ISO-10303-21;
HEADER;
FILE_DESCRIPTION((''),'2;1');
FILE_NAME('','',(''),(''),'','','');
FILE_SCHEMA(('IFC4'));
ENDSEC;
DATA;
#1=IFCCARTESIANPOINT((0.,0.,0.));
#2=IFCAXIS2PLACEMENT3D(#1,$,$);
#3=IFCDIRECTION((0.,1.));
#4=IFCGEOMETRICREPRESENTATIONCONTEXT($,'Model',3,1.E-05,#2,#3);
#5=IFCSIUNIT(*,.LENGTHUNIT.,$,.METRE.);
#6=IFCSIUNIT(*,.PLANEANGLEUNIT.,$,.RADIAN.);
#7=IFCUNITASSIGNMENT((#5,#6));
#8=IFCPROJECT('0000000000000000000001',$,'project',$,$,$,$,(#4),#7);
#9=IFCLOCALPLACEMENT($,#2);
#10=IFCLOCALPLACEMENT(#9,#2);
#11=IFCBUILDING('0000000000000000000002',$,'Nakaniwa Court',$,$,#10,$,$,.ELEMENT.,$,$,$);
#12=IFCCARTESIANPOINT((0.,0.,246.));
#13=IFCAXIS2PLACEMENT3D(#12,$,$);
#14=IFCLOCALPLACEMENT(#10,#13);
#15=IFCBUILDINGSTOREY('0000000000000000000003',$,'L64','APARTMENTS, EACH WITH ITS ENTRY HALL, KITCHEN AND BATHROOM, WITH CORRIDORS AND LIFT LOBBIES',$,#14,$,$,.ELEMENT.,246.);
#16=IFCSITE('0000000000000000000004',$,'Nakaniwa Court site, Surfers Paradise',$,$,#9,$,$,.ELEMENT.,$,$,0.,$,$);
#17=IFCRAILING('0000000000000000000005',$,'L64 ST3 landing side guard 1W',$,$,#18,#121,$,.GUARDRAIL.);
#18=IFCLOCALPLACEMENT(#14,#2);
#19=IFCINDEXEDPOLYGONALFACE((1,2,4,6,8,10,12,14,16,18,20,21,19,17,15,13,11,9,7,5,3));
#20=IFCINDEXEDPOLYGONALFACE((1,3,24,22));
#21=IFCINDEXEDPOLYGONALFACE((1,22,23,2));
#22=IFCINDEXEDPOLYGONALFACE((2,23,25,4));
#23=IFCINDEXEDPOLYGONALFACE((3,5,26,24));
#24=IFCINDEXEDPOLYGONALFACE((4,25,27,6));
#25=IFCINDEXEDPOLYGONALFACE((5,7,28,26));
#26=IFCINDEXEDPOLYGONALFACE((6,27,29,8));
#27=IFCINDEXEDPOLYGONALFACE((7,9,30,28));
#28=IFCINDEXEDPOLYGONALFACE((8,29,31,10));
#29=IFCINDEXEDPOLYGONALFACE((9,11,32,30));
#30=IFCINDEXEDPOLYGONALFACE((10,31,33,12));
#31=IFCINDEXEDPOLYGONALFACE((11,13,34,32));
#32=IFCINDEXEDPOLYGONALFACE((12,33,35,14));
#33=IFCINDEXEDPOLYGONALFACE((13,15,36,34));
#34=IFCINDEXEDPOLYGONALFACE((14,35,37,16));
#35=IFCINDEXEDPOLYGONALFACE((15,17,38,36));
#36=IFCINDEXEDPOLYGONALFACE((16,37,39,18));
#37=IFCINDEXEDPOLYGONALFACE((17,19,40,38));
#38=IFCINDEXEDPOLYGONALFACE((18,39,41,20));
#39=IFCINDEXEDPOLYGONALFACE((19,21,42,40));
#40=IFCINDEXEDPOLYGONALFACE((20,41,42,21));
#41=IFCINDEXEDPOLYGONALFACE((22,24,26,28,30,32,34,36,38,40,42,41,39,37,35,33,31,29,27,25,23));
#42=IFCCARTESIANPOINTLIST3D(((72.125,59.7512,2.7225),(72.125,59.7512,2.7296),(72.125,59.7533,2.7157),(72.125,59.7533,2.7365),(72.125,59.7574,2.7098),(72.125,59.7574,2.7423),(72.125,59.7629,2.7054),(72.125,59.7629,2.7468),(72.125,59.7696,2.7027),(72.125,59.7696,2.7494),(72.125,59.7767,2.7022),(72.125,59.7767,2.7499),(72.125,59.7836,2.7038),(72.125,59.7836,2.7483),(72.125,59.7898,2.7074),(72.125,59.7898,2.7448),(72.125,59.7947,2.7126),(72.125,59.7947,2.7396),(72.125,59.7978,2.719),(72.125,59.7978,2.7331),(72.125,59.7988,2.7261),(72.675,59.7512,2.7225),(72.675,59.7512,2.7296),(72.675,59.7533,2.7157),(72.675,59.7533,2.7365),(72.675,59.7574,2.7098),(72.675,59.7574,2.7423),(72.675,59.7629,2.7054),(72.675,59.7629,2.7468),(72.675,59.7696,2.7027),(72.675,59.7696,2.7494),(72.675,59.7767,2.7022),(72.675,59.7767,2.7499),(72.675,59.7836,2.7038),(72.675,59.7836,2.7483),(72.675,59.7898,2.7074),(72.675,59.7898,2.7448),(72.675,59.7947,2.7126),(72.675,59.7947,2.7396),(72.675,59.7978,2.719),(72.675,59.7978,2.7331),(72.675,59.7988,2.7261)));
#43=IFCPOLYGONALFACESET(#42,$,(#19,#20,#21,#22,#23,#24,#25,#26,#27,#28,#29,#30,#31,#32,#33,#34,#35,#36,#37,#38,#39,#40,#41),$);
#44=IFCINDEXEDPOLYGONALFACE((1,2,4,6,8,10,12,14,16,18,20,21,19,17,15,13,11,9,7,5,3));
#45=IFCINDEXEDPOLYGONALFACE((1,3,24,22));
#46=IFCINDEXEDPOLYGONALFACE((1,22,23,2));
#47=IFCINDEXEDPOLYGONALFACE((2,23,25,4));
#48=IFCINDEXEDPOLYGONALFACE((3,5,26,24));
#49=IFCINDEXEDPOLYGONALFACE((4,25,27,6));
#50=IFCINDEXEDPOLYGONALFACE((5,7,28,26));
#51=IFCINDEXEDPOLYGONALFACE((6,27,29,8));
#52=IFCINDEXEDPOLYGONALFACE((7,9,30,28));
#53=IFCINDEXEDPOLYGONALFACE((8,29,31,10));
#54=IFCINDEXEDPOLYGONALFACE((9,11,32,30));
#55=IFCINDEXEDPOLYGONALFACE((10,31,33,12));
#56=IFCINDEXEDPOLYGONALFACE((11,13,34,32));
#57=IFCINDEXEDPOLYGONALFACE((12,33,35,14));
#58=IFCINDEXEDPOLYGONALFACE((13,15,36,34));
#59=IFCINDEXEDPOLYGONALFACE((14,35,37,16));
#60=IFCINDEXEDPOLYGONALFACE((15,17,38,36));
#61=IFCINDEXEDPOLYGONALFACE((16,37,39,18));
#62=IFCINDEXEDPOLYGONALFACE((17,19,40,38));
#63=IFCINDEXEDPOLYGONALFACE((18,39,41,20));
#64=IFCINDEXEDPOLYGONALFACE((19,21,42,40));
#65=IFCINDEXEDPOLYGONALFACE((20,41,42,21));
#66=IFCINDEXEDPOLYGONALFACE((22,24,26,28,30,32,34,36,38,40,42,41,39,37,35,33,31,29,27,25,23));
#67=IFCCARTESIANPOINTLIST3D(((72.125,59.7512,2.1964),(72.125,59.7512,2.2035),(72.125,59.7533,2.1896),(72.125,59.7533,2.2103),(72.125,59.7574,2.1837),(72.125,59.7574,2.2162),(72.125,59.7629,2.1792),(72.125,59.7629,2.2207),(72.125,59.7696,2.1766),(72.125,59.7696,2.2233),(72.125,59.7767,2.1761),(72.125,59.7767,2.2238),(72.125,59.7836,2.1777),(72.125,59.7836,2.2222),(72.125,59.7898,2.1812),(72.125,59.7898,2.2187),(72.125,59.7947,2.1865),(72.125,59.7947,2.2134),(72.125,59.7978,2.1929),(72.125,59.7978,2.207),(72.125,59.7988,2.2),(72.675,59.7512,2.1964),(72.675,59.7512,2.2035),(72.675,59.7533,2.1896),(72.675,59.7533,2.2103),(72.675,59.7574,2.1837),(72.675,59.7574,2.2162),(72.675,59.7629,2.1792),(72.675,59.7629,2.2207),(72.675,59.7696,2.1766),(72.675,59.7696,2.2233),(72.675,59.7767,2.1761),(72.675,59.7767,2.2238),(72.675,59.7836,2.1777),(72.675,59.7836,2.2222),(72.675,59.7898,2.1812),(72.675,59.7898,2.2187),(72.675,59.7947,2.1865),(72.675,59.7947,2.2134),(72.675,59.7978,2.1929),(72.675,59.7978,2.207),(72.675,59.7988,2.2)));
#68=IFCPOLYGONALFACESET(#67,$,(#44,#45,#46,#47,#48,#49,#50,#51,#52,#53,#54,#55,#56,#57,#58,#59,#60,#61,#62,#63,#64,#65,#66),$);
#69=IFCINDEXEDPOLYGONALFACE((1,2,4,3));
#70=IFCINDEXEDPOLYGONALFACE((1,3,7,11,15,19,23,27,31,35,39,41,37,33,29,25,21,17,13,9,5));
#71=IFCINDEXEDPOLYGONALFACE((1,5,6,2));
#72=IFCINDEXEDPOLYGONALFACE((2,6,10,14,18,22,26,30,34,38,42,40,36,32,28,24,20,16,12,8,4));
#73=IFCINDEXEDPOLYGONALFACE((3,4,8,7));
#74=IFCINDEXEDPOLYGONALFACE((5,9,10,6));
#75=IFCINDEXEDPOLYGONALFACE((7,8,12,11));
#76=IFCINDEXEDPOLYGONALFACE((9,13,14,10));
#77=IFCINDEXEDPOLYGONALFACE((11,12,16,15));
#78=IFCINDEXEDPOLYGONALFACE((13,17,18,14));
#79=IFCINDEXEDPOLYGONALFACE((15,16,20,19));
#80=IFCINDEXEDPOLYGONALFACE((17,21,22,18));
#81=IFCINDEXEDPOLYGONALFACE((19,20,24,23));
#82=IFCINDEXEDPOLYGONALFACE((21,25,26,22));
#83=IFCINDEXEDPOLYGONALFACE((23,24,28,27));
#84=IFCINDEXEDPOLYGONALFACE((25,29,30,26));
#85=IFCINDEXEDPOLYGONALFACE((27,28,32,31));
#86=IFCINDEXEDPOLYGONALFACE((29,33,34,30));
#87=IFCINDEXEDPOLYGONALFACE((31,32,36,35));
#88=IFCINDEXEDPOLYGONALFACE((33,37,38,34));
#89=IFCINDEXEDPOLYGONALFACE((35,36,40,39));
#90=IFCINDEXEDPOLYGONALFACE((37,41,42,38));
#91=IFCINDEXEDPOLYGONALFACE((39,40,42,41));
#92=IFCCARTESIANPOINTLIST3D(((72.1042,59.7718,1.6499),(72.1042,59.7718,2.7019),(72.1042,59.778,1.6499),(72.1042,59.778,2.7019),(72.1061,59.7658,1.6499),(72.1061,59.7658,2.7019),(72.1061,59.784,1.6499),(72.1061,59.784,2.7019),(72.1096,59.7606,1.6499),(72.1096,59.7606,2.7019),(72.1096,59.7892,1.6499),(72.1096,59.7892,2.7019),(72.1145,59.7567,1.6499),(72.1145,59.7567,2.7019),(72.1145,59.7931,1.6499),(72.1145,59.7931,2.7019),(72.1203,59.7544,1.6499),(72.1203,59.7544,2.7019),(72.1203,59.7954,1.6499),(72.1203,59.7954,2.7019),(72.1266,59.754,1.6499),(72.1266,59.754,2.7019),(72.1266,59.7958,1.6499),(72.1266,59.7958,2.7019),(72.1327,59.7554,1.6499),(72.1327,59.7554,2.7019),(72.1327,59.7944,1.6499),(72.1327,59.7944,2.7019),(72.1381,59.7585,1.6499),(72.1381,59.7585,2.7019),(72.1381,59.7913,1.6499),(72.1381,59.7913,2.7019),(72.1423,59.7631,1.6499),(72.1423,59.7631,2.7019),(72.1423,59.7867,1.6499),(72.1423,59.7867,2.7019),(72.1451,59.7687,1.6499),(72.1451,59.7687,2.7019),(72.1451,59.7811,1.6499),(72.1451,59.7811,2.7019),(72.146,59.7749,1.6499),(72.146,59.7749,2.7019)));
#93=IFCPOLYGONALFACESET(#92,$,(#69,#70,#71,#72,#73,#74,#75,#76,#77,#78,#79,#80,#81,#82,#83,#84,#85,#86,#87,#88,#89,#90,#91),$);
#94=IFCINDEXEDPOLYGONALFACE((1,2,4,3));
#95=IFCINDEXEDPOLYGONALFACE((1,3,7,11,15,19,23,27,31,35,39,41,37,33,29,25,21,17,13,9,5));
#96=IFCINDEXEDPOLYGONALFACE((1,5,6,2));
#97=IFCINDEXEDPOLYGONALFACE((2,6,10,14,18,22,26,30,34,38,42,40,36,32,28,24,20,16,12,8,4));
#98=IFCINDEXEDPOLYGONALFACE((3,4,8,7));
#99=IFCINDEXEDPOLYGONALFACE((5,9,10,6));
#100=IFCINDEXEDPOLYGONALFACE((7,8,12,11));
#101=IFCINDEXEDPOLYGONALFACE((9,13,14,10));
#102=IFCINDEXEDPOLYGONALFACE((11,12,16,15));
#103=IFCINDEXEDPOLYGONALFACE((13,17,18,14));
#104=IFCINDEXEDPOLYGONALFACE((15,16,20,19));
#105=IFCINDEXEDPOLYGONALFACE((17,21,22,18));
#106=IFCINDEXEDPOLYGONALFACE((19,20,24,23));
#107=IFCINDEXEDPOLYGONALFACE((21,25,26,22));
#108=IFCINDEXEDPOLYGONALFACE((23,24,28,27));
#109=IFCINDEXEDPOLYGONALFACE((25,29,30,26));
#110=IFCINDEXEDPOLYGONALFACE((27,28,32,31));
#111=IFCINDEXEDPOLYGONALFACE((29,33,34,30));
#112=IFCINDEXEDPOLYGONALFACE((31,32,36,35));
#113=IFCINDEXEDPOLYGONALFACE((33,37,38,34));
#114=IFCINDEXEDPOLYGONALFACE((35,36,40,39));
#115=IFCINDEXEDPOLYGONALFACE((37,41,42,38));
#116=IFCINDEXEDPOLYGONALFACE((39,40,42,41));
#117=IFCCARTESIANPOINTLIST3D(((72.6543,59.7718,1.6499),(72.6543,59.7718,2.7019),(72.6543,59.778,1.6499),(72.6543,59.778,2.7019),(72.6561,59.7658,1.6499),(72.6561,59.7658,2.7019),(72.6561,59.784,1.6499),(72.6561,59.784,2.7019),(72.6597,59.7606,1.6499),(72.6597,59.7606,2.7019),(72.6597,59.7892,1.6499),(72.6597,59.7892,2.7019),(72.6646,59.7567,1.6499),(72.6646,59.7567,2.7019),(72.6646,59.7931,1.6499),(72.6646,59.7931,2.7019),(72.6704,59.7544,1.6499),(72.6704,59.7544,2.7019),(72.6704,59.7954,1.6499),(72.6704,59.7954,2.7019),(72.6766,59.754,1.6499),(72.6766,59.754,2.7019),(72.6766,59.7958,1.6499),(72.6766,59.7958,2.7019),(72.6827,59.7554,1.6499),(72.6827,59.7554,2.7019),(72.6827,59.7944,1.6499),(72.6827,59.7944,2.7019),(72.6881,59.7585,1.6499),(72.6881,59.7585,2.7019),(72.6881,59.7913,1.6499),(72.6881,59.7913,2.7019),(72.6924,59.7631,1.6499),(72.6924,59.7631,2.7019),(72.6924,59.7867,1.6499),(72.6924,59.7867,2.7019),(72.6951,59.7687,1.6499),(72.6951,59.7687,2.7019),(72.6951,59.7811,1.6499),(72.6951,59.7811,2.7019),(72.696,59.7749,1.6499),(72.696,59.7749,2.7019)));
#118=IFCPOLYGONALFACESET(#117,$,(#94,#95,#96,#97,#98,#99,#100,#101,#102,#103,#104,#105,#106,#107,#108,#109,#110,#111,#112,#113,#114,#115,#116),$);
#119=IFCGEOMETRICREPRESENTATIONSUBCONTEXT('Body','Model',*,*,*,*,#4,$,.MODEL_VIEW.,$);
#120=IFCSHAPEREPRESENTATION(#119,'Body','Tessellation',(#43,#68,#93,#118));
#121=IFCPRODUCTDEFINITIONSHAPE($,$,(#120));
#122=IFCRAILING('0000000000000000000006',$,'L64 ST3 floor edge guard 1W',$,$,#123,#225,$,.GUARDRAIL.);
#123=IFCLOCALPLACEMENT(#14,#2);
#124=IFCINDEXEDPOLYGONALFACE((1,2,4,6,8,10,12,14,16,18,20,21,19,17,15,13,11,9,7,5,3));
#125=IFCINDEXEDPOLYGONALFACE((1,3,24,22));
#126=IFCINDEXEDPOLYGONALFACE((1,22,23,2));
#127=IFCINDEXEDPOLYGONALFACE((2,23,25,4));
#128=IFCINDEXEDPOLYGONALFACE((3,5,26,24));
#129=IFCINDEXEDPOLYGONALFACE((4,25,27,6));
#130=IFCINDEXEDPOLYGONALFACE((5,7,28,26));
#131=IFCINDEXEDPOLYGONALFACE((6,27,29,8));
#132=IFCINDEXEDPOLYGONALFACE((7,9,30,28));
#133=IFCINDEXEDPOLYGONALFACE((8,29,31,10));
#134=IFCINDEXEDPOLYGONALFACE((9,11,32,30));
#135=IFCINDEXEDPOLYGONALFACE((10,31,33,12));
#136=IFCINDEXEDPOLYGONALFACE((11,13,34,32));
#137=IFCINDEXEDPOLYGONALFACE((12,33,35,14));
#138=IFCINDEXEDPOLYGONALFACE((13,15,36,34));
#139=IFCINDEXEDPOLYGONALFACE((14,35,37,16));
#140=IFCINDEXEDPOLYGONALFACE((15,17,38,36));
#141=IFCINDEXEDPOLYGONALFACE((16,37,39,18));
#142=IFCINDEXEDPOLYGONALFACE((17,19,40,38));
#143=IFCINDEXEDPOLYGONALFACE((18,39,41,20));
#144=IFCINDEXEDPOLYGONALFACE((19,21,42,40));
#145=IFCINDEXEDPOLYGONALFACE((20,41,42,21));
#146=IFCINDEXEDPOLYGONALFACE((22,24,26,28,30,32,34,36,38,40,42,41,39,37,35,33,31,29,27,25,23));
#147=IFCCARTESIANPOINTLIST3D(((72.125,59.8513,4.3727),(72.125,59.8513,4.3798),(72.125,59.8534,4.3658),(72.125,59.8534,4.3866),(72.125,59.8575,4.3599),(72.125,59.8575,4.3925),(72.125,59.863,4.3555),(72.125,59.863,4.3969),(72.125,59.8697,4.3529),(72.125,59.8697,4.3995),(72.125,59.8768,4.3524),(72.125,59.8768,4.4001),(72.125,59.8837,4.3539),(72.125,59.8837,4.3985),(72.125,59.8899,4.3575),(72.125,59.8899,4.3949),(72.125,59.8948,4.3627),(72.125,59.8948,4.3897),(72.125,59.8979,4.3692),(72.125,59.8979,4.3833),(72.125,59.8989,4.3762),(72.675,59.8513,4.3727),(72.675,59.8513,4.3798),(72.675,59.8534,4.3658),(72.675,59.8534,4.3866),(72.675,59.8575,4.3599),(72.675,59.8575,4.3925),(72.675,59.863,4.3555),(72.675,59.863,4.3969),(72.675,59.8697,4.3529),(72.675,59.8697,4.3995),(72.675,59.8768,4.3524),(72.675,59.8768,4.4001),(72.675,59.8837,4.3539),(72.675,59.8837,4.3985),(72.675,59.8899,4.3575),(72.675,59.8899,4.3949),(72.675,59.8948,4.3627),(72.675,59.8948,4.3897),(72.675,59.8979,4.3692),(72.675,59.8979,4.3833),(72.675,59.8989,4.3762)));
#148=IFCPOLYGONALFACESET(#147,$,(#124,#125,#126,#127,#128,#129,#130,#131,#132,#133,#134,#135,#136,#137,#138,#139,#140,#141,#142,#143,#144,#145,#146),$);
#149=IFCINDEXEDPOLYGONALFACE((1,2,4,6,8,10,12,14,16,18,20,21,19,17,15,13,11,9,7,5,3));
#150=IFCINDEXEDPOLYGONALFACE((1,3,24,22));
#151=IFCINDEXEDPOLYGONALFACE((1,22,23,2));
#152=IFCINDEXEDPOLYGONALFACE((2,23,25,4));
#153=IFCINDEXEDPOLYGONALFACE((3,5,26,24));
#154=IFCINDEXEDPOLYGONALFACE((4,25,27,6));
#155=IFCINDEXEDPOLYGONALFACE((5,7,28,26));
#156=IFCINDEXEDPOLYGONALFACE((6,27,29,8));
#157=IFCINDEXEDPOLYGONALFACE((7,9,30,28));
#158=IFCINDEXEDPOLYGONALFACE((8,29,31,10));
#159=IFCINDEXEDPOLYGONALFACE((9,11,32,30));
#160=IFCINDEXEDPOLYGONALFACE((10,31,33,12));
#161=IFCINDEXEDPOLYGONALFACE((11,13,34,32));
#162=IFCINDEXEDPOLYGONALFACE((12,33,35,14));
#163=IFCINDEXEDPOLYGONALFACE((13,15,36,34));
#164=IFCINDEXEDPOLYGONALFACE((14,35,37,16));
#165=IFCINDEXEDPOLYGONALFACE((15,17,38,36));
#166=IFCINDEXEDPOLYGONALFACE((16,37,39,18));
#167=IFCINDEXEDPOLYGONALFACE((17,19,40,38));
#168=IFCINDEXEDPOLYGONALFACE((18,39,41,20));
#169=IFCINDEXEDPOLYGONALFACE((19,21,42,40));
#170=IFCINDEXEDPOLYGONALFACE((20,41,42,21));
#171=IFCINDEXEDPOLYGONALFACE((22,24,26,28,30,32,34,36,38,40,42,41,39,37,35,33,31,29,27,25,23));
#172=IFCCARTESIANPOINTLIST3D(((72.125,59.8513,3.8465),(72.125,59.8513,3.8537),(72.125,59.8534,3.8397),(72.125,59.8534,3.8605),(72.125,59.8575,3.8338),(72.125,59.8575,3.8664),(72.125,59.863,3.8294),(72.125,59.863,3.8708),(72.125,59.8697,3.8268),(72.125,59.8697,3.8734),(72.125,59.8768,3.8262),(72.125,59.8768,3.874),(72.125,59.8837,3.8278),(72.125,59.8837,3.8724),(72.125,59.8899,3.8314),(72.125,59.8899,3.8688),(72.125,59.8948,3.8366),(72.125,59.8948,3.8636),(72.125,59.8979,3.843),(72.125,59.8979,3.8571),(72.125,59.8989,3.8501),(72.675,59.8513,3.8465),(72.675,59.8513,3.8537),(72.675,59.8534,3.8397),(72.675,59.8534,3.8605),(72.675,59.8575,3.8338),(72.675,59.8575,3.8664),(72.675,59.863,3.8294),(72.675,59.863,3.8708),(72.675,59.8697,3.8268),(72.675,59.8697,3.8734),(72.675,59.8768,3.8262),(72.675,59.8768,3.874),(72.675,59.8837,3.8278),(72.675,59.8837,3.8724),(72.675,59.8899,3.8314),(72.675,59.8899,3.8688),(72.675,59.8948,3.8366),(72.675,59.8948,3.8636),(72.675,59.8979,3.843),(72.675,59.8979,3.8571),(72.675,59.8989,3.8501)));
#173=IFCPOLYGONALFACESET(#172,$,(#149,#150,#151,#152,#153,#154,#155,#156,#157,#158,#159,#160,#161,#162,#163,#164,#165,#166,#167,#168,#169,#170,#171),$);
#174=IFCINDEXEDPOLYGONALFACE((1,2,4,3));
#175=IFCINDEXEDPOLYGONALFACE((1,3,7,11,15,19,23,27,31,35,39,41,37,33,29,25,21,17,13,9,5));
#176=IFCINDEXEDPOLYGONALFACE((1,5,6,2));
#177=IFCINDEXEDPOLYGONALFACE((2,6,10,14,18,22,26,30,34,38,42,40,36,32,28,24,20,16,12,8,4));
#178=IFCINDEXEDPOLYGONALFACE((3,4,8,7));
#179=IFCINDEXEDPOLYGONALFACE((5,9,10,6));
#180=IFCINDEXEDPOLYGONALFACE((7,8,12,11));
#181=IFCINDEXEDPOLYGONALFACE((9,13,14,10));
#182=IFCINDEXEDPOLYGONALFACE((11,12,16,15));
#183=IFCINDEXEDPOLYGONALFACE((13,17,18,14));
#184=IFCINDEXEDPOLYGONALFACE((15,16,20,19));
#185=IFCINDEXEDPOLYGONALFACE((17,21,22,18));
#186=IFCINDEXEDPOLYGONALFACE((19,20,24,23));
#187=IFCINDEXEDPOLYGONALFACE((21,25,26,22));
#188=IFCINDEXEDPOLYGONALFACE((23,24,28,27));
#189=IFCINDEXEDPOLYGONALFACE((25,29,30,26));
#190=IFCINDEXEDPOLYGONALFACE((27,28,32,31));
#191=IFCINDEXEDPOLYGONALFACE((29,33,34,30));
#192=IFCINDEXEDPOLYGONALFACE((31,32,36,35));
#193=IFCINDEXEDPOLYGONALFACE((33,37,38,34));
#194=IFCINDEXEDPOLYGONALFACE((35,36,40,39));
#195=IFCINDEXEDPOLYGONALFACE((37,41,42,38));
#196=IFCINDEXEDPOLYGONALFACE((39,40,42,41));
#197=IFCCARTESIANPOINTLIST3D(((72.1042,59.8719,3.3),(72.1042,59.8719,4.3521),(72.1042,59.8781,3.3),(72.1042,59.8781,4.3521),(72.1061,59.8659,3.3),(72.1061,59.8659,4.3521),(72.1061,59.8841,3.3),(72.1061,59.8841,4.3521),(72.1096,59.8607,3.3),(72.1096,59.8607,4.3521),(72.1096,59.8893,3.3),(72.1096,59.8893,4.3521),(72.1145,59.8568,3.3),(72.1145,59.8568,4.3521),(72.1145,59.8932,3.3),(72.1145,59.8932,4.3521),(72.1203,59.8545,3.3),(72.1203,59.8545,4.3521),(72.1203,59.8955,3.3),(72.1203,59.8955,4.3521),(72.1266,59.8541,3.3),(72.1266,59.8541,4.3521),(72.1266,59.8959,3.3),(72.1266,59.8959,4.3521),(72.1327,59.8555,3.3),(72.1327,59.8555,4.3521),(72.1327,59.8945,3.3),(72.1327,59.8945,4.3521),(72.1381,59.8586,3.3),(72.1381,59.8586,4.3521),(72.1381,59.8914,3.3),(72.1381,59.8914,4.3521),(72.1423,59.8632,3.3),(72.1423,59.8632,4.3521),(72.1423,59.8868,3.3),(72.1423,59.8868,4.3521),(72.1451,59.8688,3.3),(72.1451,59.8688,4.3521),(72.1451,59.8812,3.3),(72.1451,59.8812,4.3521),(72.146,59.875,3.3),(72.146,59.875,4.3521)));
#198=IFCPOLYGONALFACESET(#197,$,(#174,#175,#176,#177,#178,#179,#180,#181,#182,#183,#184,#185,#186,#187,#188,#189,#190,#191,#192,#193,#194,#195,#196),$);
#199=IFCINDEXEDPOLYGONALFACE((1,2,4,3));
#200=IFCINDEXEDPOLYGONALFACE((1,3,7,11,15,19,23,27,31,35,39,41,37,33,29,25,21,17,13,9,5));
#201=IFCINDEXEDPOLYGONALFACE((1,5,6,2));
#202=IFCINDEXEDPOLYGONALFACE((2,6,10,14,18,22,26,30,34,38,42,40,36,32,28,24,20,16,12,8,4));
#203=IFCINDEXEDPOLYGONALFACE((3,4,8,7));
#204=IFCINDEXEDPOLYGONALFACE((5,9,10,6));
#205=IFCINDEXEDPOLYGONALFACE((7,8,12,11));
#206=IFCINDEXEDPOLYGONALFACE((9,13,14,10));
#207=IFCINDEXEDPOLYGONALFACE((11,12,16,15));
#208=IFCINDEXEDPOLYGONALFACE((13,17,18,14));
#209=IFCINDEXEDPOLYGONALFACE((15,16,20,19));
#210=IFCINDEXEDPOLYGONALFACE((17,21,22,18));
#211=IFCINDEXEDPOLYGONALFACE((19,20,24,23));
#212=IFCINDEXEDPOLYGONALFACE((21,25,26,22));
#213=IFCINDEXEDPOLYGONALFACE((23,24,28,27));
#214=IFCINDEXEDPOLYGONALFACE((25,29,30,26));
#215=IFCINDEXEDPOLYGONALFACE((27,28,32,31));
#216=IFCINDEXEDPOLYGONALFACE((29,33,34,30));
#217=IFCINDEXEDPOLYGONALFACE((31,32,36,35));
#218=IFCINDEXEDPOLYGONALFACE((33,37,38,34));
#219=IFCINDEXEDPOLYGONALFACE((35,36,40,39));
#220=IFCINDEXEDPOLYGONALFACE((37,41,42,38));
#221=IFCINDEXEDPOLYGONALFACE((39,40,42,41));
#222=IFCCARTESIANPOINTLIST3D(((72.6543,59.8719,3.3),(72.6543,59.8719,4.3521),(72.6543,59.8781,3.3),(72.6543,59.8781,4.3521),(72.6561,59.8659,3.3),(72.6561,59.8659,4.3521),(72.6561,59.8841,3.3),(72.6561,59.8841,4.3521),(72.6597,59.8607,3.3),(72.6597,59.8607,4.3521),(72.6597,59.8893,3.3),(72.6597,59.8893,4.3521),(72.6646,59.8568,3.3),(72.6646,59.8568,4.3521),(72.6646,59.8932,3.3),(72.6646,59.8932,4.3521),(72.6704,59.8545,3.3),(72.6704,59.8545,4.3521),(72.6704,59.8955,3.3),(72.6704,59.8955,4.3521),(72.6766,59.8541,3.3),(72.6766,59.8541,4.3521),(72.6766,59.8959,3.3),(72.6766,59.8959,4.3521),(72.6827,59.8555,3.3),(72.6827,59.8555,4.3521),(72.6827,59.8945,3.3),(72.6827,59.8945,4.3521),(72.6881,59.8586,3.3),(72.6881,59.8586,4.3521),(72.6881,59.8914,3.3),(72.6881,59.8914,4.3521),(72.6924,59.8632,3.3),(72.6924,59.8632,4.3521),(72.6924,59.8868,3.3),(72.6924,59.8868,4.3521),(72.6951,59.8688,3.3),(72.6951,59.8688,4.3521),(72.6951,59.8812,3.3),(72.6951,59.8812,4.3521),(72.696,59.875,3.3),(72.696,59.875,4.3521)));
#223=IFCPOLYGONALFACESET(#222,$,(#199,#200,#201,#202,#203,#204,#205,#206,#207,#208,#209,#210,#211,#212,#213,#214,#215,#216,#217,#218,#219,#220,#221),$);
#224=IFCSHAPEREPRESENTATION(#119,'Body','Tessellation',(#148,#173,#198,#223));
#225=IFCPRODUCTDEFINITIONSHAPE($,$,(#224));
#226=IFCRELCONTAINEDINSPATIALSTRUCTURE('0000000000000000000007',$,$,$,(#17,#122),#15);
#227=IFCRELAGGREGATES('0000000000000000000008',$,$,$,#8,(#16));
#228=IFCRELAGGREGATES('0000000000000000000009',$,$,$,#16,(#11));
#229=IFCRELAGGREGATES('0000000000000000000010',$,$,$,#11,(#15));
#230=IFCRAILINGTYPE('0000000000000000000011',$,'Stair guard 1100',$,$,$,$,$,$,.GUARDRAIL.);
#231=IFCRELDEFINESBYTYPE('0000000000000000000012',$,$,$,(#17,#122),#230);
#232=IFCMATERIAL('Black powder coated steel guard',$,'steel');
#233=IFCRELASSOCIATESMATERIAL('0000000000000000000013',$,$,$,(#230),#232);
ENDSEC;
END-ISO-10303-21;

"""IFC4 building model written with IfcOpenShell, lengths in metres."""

from ifc_helpers import new_model, si_unit, direction, frame, origin, origin_2d, place, context, subcontext, project, spatial, circle, extrude, material, type_object, element, save


model = new_model("IFC4")

# Units and contexts
model_context = context("Model", 3, precision=1e-05, world=origin(), true_north=direction((0.0, 1.0)))
body_context = subcontext(model_context, "Body", "Model", "MODEL_VIEW")
ifc_project = project(units=[si_unit("LENGTHUNIT", "METRE"), si_unit("PLANEANGLEUNIT", "RADIAN")], contexts=[model_context])

# Site, building, storey
site_placement = place(None, origin())
site = spatial("IfcSite", under=ifc_project, at=site_placement, Name="Nakaniwa Court site, Surfers Paradise", CompositionType="ELEMENT", RefElevation=0.0)
building_placement = place(site_placement, origin())
building = spatial("IfcBuilding", under=site, at=building_placement, Name="Nakaniwa Court", CompositionType="ELEMENT")
storey_placement = place(building_placement, frame((0.0, 0.0, 246.0)))
storey = spatial("IfcBuildingStorey", under=building, at=storey_placement, Name="L64", Description="APARTMENTS, EACH WITH ITS ENTRY HALL, KITCHEN AND BATHROOM, WITH CORRIDORS AND LIFT LOBBIES", CompositionType="ELEMENT", Elevation=246.0)

# Railings
ifc_material_1 = material(Name="Black powder coated steel guard", Category="steel")
railing_type_1 = type_object("IfcRailingType", Name="Stair guard 1100", PredefinedType="GUARDRAIL", material=ifc_material_1)
for number, where, name in (
    (1, (72.125, 59.7749, 1.6499), "L64 ST3 landing side guard 1W"),
    (2, (72.125, 59.875, 3.3), "L64 ST3 floor edge guard 1W"),
):
    element("IfcRailing", number, at=place(storey_placement, frame(where)), inside=storey, type_object=railing_type_1, Name=name, PredefinedType="GUARDRAIL", context=body_context, shape_type="SweptSolid", body=[
        extrude(circle(Radius=0.0239, at=origin_2d()), frame((0.0, 0.0, 1.0762), z_axis=(1.0, 0.0, 0.0), x_axis=(0.0, 1.0, 0.0)), (0.0, 0.0, 1.0), 0.55),
        extrude(circle(Radius=0.0239, at=origin_2d()), frame((0.0, 0.0, 0.55), z_axis=(1.0, 0.0, 0.0), x_axis=(0.0, 1.0, 0.0)), (0.0, 0.0, 1.0), 0.55),
        extrude(circle(Radius=0.021, at=origin_2d()), origin(), (0.0, 0.0, 1.0), 1.052),
        extrude(circle(Radius=0.021, at=origin_2d()), frame((0.55, 0.0, 0.0)), (0.0, 0.0, 1.0), 1.052),
    ])

save(model, "model.ifc")
